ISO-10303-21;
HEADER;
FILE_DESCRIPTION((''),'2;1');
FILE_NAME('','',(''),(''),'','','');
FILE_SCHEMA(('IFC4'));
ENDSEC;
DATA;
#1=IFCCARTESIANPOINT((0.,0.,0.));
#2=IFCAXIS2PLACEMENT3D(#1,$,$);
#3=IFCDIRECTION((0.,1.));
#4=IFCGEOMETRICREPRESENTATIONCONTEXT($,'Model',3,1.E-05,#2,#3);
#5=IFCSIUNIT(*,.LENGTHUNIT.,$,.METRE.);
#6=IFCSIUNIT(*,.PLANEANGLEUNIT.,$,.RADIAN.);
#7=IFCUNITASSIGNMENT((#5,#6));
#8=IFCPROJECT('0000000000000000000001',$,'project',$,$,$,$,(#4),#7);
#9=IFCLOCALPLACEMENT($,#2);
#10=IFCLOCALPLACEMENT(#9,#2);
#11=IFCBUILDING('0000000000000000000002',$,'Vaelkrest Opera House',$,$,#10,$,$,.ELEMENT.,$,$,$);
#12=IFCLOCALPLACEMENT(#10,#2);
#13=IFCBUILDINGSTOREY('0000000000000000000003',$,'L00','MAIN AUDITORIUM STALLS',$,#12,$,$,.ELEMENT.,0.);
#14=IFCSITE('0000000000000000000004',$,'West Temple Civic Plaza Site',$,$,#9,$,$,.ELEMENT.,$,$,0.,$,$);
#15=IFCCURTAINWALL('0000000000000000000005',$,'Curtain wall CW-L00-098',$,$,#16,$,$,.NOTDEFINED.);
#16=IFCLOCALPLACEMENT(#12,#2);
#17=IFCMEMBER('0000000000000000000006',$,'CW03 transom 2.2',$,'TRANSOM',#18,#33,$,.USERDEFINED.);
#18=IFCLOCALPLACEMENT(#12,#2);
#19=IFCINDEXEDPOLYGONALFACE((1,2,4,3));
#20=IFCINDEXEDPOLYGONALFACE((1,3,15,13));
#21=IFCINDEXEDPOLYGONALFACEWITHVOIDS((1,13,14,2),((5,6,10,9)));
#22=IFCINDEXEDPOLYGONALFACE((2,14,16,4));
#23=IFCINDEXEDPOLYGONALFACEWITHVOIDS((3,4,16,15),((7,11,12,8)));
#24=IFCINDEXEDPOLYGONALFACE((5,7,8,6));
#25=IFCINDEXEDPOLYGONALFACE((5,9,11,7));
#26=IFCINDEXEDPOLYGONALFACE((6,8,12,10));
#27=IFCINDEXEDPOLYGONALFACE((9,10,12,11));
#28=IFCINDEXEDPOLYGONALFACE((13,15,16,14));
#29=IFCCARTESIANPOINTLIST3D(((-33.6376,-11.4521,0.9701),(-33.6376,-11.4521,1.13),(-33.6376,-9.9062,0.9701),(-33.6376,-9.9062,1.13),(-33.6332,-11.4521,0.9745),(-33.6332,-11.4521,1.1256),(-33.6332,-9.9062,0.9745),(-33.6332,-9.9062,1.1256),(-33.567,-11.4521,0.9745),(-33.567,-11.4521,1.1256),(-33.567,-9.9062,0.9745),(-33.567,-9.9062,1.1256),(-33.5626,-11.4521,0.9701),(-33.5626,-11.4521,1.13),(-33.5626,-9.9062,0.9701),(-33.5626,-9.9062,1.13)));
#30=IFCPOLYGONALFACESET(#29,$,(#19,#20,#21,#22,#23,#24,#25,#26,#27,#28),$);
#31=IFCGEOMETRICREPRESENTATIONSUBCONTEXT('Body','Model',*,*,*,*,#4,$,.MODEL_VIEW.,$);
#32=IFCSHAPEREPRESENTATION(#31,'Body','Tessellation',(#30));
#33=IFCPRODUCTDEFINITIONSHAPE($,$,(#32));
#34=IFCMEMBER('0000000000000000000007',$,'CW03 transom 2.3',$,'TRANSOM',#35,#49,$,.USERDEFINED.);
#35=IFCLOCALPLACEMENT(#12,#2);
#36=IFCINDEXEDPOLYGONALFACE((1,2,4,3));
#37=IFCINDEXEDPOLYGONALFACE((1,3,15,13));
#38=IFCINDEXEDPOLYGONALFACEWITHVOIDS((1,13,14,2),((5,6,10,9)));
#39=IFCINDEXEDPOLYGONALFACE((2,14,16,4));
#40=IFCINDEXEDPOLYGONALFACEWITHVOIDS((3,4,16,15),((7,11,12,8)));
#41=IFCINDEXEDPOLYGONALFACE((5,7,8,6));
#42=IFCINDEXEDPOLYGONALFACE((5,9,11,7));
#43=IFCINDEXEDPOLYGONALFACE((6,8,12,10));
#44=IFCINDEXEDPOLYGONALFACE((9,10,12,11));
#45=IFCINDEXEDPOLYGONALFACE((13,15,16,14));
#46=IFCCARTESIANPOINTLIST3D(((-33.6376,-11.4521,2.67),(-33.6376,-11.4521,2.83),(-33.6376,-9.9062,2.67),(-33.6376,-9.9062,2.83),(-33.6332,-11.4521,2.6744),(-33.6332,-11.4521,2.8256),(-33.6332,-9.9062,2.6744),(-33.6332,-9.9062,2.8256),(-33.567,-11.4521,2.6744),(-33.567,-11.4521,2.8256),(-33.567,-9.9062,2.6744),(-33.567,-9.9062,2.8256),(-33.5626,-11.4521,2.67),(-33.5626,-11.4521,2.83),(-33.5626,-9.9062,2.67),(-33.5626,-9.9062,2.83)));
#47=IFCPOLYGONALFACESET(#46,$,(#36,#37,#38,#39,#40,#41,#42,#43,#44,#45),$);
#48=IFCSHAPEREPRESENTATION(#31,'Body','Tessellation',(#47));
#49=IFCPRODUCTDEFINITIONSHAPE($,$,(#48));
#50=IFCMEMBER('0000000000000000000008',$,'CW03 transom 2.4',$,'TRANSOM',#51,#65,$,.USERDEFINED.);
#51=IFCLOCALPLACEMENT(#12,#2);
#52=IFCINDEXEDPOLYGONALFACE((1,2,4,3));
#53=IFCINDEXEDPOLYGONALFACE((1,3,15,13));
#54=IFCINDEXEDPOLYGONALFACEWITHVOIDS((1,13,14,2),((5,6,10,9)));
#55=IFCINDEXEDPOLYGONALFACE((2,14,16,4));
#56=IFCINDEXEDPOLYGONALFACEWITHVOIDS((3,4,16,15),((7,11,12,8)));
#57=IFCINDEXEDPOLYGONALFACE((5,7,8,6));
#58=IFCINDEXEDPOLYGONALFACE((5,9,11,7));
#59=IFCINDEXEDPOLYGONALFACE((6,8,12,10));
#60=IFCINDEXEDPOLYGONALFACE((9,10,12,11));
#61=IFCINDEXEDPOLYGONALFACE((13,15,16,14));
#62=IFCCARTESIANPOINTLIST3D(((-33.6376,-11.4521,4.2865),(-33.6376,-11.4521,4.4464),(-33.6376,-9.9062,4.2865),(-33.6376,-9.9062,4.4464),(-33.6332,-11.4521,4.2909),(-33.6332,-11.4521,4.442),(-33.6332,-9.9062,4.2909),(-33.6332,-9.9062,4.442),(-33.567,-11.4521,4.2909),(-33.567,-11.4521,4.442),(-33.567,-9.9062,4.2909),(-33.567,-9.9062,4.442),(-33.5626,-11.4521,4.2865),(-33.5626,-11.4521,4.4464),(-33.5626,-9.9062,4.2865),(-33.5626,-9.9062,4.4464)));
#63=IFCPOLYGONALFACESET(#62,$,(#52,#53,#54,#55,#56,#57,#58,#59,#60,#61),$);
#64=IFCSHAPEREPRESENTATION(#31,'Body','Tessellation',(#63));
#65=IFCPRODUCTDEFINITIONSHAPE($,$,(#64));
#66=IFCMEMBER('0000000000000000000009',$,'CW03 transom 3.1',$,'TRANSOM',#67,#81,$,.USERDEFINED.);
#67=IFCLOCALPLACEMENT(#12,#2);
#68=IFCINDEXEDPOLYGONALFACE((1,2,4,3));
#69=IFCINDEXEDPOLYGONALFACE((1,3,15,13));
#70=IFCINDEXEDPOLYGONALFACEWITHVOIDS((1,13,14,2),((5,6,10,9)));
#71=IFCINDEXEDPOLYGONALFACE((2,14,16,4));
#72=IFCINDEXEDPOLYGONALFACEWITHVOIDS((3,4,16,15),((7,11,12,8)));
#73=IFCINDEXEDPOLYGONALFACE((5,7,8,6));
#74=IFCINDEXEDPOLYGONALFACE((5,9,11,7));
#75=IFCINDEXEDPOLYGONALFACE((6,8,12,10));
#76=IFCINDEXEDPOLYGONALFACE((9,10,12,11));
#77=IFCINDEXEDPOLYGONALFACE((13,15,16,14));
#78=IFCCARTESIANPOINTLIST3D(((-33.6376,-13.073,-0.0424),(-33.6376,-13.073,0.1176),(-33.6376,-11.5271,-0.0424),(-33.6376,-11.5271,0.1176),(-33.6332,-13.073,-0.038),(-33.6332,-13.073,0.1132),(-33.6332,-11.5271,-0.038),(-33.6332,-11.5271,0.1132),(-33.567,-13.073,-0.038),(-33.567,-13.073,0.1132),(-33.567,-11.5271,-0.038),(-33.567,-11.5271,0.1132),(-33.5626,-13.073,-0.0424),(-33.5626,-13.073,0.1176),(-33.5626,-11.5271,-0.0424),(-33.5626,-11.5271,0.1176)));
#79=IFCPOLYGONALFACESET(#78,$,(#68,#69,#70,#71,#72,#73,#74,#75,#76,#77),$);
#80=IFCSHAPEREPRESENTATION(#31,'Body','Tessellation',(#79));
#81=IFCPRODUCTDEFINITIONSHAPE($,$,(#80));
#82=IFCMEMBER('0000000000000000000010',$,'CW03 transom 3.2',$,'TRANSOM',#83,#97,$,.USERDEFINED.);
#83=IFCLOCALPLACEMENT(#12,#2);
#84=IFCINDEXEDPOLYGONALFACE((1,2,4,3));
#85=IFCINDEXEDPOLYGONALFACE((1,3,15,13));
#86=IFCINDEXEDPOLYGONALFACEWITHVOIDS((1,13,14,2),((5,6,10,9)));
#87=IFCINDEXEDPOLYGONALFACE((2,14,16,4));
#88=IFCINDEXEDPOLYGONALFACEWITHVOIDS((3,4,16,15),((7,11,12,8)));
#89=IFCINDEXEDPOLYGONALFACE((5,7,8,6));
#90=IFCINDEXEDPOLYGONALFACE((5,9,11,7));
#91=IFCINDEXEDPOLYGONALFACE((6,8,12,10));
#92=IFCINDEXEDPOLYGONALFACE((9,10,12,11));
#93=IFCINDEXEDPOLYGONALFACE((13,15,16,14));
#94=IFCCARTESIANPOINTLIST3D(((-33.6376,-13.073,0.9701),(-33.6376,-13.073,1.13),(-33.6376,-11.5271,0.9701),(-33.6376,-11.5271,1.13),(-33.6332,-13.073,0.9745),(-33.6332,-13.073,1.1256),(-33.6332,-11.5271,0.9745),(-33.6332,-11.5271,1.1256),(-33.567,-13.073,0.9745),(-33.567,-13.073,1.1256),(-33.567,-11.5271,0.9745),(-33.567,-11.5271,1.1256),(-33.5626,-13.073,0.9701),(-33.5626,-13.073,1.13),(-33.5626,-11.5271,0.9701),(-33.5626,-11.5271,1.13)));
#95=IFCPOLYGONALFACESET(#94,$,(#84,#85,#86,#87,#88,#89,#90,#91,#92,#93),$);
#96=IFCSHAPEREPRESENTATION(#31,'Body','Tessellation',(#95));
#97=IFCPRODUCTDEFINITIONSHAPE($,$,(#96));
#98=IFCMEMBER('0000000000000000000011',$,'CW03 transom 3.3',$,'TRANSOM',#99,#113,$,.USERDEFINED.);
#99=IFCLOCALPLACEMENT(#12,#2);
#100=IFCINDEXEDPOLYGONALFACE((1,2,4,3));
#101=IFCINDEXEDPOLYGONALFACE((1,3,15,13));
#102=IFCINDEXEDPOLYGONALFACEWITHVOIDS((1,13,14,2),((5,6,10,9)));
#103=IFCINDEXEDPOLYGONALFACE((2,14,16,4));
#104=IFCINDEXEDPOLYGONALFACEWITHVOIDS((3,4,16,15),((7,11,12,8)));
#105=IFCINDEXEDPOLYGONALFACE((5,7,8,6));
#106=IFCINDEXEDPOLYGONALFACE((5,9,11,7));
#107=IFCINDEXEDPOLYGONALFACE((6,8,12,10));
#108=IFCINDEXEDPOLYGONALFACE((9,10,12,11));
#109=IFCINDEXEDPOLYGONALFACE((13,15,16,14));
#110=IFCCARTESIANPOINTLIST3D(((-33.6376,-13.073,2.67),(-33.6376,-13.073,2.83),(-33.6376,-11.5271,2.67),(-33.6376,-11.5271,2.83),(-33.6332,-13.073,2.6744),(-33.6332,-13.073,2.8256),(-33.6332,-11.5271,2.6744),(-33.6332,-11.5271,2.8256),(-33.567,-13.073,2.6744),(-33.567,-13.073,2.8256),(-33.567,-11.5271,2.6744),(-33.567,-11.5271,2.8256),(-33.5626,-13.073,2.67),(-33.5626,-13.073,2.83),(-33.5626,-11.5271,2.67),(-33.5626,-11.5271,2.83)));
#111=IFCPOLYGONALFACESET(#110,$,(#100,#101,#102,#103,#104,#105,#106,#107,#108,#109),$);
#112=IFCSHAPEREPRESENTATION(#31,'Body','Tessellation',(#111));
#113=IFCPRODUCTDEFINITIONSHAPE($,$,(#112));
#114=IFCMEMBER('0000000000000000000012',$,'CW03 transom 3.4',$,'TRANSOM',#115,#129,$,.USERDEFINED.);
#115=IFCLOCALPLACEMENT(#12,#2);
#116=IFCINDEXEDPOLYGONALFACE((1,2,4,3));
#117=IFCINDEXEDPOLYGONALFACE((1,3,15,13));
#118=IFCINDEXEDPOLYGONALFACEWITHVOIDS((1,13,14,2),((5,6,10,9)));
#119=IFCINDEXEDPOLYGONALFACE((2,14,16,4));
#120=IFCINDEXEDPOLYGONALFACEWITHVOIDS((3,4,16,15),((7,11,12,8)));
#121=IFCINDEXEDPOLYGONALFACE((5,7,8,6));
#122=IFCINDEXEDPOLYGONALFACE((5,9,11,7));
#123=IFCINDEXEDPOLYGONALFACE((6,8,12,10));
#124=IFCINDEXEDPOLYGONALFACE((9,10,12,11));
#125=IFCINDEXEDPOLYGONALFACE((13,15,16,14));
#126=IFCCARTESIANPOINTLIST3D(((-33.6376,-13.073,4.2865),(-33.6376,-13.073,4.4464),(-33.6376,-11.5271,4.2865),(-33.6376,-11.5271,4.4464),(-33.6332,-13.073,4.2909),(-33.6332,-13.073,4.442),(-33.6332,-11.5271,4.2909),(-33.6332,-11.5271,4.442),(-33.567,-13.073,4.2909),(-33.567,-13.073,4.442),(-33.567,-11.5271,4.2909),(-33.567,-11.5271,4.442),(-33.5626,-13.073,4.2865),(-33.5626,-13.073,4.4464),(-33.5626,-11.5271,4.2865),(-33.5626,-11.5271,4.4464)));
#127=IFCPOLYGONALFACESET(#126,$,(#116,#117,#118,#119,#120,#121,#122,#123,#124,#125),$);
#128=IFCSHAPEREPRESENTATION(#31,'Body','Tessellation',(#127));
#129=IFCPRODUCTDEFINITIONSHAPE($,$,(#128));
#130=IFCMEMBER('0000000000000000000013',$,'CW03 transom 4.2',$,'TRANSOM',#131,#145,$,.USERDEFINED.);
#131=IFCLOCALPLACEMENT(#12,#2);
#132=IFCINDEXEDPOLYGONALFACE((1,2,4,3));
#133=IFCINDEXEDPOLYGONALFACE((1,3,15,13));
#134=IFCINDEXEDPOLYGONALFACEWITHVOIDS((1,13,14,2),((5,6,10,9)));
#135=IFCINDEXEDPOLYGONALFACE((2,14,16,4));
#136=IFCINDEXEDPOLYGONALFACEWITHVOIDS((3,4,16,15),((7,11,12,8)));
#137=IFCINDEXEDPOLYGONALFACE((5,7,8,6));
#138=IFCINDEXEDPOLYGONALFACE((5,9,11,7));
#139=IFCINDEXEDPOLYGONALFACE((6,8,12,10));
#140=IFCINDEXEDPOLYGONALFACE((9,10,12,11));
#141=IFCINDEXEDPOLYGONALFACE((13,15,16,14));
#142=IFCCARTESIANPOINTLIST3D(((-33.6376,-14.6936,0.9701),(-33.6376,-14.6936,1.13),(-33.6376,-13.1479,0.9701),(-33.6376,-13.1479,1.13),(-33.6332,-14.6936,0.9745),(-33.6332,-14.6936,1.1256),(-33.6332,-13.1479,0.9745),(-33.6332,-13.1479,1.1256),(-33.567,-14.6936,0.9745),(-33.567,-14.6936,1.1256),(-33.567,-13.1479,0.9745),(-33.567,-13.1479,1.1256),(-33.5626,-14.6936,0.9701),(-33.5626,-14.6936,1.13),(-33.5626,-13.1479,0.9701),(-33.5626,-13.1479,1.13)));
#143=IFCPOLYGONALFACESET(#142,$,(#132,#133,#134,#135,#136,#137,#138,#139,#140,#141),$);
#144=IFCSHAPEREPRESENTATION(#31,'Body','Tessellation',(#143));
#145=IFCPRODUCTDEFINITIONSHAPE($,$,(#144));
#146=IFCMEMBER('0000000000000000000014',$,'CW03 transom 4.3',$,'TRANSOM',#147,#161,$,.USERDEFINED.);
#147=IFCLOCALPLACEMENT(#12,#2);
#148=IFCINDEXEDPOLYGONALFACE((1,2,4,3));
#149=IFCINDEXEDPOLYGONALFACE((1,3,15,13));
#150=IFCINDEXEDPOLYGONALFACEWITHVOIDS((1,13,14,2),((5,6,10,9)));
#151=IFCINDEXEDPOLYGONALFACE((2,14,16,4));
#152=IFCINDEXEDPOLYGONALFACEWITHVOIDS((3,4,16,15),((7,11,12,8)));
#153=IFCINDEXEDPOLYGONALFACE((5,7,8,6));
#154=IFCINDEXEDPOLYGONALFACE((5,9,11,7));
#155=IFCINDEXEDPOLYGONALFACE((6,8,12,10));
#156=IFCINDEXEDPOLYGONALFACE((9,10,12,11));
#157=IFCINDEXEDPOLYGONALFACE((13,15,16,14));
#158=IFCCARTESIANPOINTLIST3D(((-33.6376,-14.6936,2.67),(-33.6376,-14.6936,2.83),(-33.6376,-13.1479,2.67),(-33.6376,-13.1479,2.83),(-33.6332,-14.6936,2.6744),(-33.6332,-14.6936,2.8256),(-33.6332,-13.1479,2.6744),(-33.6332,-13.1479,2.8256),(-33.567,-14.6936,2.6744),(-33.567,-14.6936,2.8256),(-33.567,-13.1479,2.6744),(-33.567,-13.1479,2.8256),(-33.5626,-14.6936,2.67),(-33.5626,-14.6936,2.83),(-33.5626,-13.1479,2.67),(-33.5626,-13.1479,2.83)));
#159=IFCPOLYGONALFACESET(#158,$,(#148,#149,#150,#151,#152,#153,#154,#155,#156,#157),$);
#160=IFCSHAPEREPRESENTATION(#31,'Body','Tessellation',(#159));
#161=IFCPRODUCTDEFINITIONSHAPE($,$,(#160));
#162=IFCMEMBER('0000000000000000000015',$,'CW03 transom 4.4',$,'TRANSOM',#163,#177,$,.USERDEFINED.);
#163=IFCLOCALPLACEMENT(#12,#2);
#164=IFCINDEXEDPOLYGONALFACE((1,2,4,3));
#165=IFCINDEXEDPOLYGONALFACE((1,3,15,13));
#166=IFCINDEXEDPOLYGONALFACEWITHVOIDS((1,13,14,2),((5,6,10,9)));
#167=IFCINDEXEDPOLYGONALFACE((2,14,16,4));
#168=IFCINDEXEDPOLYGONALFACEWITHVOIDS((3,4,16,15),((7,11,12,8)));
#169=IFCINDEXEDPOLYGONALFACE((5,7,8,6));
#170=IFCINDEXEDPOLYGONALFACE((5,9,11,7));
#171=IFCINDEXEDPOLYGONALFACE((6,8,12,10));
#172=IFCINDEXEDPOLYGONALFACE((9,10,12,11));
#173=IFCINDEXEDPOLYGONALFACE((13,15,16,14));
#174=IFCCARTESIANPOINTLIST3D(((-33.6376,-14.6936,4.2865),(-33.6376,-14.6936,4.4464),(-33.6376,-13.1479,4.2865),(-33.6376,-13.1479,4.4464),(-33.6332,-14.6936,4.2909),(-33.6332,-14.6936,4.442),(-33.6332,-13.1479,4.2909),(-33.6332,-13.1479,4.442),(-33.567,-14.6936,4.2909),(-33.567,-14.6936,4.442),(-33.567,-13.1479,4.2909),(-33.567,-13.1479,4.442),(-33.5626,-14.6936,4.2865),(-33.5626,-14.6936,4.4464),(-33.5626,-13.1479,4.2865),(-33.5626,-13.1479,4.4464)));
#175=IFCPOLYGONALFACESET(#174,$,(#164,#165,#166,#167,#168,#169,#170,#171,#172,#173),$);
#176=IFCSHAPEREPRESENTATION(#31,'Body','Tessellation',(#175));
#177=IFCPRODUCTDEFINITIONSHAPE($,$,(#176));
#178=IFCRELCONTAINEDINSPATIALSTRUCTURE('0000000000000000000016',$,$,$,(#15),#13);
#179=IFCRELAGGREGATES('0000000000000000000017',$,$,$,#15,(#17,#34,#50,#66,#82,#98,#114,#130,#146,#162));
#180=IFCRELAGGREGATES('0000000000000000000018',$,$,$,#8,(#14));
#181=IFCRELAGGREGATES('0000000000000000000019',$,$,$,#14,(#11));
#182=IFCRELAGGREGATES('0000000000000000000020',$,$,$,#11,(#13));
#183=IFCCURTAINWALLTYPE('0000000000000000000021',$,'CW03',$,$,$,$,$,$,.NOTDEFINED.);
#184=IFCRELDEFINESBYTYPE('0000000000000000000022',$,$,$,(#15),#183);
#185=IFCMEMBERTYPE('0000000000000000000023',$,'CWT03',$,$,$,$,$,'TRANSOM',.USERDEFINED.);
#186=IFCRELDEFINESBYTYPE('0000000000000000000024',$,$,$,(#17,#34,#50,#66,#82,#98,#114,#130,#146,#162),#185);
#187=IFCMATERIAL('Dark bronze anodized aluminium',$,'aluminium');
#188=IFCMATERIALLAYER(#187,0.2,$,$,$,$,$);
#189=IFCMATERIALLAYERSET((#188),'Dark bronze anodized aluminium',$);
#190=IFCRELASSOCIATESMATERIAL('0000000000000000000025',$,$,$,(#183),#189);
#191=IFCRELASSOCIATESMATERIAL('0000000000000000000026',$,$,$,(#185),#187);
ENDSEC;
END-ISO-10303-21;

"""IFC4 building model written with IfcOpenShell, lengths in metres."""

from ifc_helpers import new_model, si_unit, direction, frame, origin, origin_2d, place, context, subcontext, project, spatial, hollow_rectangle, extrude, material, layer, layer_set, material_profile, profile_set, type_object, element, aggregate, save


model = new_model("IFC4")

# Units and contexts
model_context = context("Model", 3, precision=1e-05, world=origin(), true_north=direction((0.0, 1.0)))
body_context = subcontext(model_context, "Body", "Model", "MODEL_VIEW")
ifc_project = project(units=[si_unit("LENGTHUNIT", "METRE"), si_unit("PLANEANGLEUNIT", "RADIAN")], contexts=[model_context])

# Site, building, storey
site_placement = place(None, origin())
site = spatial("IfcSite", under=ifc_project, at=site_placement, Name="West Temple Civic Plaza Site", CompositionType="ELEMENT", RefElevation=0.0)
building_placement = place(site_placement, origin())
building = spatial("IfcBuilding", under=site, at=building_placement, Name="Vaelkrest Opera House", CompositionType="ELEMENT")
storey_placement = place(building_placement, origin())
storey = spatial("IfcBuildingStorey", under=building, at=storey_placement, Name="L00", Description="MAIN AUDITORIUM STALLS", CompositionType="ELEMENT", Elevation=0.0)

# Curtain wall, members
ifc_material_1 = material(Name="Dark bronze anodized aluminium", Category="aluminium")
ifc_layer_1 = layer(ifc_material_1, 0.2)
ifc_layer_set_1 = layer_set([ifc_layer_1], Name="Dark bronze anodized aluminium")
curtain_wall_type = type_object("IfcCurtainWallType", Name="CW03", PredefinedType="NOTDEFINED", material=ifc_layer_set_1)
curtain_wall_placement = place(storey_placement, origin())
curtain_wall = element("IfcCurtainWall", 1, at=curtain_wall_placement, inside=storey, type_object=curtain_wall_type, Name="Curtain wall CW-L00-098", PredefinedType="NOTDEFINED")
ifc_material_profile_1 = material_profile(ifc_material_1, hollow_rectangle(XDim=0.075, YDim=0.1599, WallThickness=0.0044, at=origin_2d()), Name="CWT75X160")
ifc_profile_set_1 = profile_set([ifc_material_profile_1], Name="Dark bronze anodized aluminium")
member_type_1 = type_object("IfcMemberType", Name="CWT03", ElementType="TRANSOM", PredefinedType="USERDEFINED", material=ifc_profile_set_1)
member_1_placement = place(storey_placement, frame((-33.6001, -9.9062, 1.05), z_axis=(0.0, -1.0, 0.0), x_axis=(1.0, 0.0, 0.0)))
member_1 = element("IfcMember", 2, at=member_1_placement, type_object=member_type_1, Name="CW03 transom 2.2", ObjectType="TRANSOM", PredefinedType="USERDEFINED", context=body_context, shape_type="SweptSolid", body=[
    extrude(hollow_rectangle(XDim=0.075, YDim=0.1599, WallThickness=0.0044, at=origin_2d()), origin(), (0.0, 0.0, 1.0), 1.5459),
])
member_2_placement = place(storey_placement, frame((-33.6001, -9.9062, 2.75), z_axis=(0.0, -1.0, 0.0), x_axis=(1.0, 0.0, 0.0)))
member_2 = element("IfcMember", 3, at=member_2_placement, type_object=member_type_1, Name="CW03 transom 2.3", ObjectType="TRANSOM", PredefinedType="USERDEFINED", context=body_context, shape_type="SweptSolid", body=[
    extrude(hollow_rectangle(XDim=0.075, YDim=0.1599, WallThickness=0.0044, at=origin_2d()), origin(), (0.0, 0.0, 1.0), 1.5459),
])
member_3_placement = place(storey_placement, frame((-33.6001, -9.9062, 4.3665), z_axis=(0.0, -1.0, 0.0), x_axis=(1.0, 0.0, 0.0)))
member_3 = element("IfcMember", 4, at=member_3_placement, type_object=member_type_1, Name="CW03 transom 2.4", ObjectType="TRANSOM", PredefinedType="USERDEFINED", context=body_context, shape_type="SweptSolid", body=[
    extrude(hollow_rectangle(XDim=0.075, YDim=0.1599, WallThickness=0.0044, at=origin_2d()), origin(), (0.0, 0.0, 1.0), 1.5459),
])
member_4_placement = place(storey_placement, frame((-33.6001, -11.5271, 0.0376), z_axis=(0.0, -1.0, 0.0), x_axis=(1.0, 0.0, 0.0)))
member_4 = element("IfcMember", 5, at=member_4_placement, type_object=member_type_1, Name="CW03 transom 3.1", ObjectType="TRANSOM", PredefinedType="USERDEFINED", context=body_context, shape_type="SweptSolid", body=[
    extrude(hollow_rectangle(XDim=0.075, YDim=0.1599, WallThickness=0.0044, at=origin_2d()), origin(), (0.0, 0.0, 1.0), 1.5459),
])
member_5_placement = place(storey_placement, frame((-33.6001, -11.5271, 1.05), z_axis=(0.0, -1.0, 0.0), x_axis=(1.0, 0.0, 0.0)))
member_5 = element("IfcMember", 6, at=member_5_placement, type_object=member_type_1, Name="CW03 transom 3.2", ObjectType="TRANSOM", PredefinedType="USERDEFINED", context=body_context, shape_type="SweptSolid", body=[
    extrude(hollow_rectangle(XDim=0.075, YDim=0.1599, WallThickness=0.0044, at=origin_2d()), origin(), (0.0, 0.0, 1.0), 1.5459),
])
member_6_placement = place(storey_placement, frame((-33.6001, -11.5271, 2.75), z_axis=(0.0, -1.0, 0.0), x_axis=(1.0, 0.0, 0.0)))
member_6 = element("IfcMember", 7, at=member_6_placement, type_object=member_type_1, Name="CW03 transom 3.3", ObjectType="TRANSOM", PredefinedType="USERDEFINED", context=body_context, shape_type="SweptSolid", body=[
    extrude(hollow_rectangle(XDim=0.075, YDim=0.1599, WallThickness=0.0044, at=origin_2d()), origin(), (0.0, 0.0, 1.0), 1.5459),
])
member_7_placement = place(storey_placement, frame((-33.6001, -11.5271, 4.3665), z_axis=(0.0, -1.0, 0.0), x_axis=(1.0, 0.0, 0.0)))
member_7 = element("IfcMember", 8, at=member_7_placement, type_object=member_type_1, Name="CW03 transom 3.4", ObjectType="TRANSOM", PredefinedType="USERDEFINED", context=body_context, shape_type="SweptSolid", body=[
    extrude(hollow_rectangle(XDim=0.075, YDim=0.1599, WallThickness=0.0044, at=origin_2d()), origin(), (0.0, 0.0, 1.0), 1.5459),
])
member_8_placement = place(storey_placement, frame((-33.6001, -13.1479, 1.05), z_axis=(0.0, -1.0, 0.0), x_axis=(1.0, 0.0, 0.0)))
member_8 = element("IfcMember", 9, at=member_8_placement, type_object=member_type_1, Name="CW03 transom 4.2", ObjectType="TRANSOM", PredefinedType="USERDEFINED", context=body_context, shape_type="SweptSolid", body=[
    extrude(hollow_rectangle(XDim=0.075, YDim=0.1599, WallThickness=0.0044, at=origin_2d()), origin(), (0.0, 0.0, 1.0), 1.5457),
])
member_9_placement = place(storey_placement, frame((-33.6001, -13.1479, 2.75), z_axis=(0.0, -1.0, 0.0), x_axis=(1.0, 0.0, 0.0)))
member_9 = element("IfcMember", 10, at=member_9_placement, type_object=member_type_1, Name="CW03 transom 4.3", ObjectType="TRANSOM", PredefinedType="USERDEFINED", context=body_context, shape_type="SweptSolid", body=[
    extrude(hollow_rectangle(XDim=0.075, YDim=0.1599, WallThickness=0.0044, at=origin_2d()), origin(), (0.0, 0.0, 1.0), 1.5457),
])
member_10_placement = place(storey_placement, frame((-33.6001, -13.1479, 4.3665), z_axis=(0.0, -1.0, 0.0), x_axis=(1.0, 0.0, 0.0)))
member_10 = element("IfcMember", 11, at=member_10_placement, type_object=member_type_1, Name="CW03 transom 4.4", ObjectType="TRANSOM", PredefinedType="USERDEFINED", context=body_context, shape_type="SweptSolid", body=[
    extrude(hollow_rectangle(XDim=0.075, YDim=0.1599, WallThickness=0.0044, at=origin_2d()), origin(), (0.0, 0.0, 1.0), 1.5457),
])

aggregate(curtain_wall, [member_1, member_2, member_3, member_4, member_5, member_6, member_7, member_8, member_9, member_10])

save(model, "model.ifc")
